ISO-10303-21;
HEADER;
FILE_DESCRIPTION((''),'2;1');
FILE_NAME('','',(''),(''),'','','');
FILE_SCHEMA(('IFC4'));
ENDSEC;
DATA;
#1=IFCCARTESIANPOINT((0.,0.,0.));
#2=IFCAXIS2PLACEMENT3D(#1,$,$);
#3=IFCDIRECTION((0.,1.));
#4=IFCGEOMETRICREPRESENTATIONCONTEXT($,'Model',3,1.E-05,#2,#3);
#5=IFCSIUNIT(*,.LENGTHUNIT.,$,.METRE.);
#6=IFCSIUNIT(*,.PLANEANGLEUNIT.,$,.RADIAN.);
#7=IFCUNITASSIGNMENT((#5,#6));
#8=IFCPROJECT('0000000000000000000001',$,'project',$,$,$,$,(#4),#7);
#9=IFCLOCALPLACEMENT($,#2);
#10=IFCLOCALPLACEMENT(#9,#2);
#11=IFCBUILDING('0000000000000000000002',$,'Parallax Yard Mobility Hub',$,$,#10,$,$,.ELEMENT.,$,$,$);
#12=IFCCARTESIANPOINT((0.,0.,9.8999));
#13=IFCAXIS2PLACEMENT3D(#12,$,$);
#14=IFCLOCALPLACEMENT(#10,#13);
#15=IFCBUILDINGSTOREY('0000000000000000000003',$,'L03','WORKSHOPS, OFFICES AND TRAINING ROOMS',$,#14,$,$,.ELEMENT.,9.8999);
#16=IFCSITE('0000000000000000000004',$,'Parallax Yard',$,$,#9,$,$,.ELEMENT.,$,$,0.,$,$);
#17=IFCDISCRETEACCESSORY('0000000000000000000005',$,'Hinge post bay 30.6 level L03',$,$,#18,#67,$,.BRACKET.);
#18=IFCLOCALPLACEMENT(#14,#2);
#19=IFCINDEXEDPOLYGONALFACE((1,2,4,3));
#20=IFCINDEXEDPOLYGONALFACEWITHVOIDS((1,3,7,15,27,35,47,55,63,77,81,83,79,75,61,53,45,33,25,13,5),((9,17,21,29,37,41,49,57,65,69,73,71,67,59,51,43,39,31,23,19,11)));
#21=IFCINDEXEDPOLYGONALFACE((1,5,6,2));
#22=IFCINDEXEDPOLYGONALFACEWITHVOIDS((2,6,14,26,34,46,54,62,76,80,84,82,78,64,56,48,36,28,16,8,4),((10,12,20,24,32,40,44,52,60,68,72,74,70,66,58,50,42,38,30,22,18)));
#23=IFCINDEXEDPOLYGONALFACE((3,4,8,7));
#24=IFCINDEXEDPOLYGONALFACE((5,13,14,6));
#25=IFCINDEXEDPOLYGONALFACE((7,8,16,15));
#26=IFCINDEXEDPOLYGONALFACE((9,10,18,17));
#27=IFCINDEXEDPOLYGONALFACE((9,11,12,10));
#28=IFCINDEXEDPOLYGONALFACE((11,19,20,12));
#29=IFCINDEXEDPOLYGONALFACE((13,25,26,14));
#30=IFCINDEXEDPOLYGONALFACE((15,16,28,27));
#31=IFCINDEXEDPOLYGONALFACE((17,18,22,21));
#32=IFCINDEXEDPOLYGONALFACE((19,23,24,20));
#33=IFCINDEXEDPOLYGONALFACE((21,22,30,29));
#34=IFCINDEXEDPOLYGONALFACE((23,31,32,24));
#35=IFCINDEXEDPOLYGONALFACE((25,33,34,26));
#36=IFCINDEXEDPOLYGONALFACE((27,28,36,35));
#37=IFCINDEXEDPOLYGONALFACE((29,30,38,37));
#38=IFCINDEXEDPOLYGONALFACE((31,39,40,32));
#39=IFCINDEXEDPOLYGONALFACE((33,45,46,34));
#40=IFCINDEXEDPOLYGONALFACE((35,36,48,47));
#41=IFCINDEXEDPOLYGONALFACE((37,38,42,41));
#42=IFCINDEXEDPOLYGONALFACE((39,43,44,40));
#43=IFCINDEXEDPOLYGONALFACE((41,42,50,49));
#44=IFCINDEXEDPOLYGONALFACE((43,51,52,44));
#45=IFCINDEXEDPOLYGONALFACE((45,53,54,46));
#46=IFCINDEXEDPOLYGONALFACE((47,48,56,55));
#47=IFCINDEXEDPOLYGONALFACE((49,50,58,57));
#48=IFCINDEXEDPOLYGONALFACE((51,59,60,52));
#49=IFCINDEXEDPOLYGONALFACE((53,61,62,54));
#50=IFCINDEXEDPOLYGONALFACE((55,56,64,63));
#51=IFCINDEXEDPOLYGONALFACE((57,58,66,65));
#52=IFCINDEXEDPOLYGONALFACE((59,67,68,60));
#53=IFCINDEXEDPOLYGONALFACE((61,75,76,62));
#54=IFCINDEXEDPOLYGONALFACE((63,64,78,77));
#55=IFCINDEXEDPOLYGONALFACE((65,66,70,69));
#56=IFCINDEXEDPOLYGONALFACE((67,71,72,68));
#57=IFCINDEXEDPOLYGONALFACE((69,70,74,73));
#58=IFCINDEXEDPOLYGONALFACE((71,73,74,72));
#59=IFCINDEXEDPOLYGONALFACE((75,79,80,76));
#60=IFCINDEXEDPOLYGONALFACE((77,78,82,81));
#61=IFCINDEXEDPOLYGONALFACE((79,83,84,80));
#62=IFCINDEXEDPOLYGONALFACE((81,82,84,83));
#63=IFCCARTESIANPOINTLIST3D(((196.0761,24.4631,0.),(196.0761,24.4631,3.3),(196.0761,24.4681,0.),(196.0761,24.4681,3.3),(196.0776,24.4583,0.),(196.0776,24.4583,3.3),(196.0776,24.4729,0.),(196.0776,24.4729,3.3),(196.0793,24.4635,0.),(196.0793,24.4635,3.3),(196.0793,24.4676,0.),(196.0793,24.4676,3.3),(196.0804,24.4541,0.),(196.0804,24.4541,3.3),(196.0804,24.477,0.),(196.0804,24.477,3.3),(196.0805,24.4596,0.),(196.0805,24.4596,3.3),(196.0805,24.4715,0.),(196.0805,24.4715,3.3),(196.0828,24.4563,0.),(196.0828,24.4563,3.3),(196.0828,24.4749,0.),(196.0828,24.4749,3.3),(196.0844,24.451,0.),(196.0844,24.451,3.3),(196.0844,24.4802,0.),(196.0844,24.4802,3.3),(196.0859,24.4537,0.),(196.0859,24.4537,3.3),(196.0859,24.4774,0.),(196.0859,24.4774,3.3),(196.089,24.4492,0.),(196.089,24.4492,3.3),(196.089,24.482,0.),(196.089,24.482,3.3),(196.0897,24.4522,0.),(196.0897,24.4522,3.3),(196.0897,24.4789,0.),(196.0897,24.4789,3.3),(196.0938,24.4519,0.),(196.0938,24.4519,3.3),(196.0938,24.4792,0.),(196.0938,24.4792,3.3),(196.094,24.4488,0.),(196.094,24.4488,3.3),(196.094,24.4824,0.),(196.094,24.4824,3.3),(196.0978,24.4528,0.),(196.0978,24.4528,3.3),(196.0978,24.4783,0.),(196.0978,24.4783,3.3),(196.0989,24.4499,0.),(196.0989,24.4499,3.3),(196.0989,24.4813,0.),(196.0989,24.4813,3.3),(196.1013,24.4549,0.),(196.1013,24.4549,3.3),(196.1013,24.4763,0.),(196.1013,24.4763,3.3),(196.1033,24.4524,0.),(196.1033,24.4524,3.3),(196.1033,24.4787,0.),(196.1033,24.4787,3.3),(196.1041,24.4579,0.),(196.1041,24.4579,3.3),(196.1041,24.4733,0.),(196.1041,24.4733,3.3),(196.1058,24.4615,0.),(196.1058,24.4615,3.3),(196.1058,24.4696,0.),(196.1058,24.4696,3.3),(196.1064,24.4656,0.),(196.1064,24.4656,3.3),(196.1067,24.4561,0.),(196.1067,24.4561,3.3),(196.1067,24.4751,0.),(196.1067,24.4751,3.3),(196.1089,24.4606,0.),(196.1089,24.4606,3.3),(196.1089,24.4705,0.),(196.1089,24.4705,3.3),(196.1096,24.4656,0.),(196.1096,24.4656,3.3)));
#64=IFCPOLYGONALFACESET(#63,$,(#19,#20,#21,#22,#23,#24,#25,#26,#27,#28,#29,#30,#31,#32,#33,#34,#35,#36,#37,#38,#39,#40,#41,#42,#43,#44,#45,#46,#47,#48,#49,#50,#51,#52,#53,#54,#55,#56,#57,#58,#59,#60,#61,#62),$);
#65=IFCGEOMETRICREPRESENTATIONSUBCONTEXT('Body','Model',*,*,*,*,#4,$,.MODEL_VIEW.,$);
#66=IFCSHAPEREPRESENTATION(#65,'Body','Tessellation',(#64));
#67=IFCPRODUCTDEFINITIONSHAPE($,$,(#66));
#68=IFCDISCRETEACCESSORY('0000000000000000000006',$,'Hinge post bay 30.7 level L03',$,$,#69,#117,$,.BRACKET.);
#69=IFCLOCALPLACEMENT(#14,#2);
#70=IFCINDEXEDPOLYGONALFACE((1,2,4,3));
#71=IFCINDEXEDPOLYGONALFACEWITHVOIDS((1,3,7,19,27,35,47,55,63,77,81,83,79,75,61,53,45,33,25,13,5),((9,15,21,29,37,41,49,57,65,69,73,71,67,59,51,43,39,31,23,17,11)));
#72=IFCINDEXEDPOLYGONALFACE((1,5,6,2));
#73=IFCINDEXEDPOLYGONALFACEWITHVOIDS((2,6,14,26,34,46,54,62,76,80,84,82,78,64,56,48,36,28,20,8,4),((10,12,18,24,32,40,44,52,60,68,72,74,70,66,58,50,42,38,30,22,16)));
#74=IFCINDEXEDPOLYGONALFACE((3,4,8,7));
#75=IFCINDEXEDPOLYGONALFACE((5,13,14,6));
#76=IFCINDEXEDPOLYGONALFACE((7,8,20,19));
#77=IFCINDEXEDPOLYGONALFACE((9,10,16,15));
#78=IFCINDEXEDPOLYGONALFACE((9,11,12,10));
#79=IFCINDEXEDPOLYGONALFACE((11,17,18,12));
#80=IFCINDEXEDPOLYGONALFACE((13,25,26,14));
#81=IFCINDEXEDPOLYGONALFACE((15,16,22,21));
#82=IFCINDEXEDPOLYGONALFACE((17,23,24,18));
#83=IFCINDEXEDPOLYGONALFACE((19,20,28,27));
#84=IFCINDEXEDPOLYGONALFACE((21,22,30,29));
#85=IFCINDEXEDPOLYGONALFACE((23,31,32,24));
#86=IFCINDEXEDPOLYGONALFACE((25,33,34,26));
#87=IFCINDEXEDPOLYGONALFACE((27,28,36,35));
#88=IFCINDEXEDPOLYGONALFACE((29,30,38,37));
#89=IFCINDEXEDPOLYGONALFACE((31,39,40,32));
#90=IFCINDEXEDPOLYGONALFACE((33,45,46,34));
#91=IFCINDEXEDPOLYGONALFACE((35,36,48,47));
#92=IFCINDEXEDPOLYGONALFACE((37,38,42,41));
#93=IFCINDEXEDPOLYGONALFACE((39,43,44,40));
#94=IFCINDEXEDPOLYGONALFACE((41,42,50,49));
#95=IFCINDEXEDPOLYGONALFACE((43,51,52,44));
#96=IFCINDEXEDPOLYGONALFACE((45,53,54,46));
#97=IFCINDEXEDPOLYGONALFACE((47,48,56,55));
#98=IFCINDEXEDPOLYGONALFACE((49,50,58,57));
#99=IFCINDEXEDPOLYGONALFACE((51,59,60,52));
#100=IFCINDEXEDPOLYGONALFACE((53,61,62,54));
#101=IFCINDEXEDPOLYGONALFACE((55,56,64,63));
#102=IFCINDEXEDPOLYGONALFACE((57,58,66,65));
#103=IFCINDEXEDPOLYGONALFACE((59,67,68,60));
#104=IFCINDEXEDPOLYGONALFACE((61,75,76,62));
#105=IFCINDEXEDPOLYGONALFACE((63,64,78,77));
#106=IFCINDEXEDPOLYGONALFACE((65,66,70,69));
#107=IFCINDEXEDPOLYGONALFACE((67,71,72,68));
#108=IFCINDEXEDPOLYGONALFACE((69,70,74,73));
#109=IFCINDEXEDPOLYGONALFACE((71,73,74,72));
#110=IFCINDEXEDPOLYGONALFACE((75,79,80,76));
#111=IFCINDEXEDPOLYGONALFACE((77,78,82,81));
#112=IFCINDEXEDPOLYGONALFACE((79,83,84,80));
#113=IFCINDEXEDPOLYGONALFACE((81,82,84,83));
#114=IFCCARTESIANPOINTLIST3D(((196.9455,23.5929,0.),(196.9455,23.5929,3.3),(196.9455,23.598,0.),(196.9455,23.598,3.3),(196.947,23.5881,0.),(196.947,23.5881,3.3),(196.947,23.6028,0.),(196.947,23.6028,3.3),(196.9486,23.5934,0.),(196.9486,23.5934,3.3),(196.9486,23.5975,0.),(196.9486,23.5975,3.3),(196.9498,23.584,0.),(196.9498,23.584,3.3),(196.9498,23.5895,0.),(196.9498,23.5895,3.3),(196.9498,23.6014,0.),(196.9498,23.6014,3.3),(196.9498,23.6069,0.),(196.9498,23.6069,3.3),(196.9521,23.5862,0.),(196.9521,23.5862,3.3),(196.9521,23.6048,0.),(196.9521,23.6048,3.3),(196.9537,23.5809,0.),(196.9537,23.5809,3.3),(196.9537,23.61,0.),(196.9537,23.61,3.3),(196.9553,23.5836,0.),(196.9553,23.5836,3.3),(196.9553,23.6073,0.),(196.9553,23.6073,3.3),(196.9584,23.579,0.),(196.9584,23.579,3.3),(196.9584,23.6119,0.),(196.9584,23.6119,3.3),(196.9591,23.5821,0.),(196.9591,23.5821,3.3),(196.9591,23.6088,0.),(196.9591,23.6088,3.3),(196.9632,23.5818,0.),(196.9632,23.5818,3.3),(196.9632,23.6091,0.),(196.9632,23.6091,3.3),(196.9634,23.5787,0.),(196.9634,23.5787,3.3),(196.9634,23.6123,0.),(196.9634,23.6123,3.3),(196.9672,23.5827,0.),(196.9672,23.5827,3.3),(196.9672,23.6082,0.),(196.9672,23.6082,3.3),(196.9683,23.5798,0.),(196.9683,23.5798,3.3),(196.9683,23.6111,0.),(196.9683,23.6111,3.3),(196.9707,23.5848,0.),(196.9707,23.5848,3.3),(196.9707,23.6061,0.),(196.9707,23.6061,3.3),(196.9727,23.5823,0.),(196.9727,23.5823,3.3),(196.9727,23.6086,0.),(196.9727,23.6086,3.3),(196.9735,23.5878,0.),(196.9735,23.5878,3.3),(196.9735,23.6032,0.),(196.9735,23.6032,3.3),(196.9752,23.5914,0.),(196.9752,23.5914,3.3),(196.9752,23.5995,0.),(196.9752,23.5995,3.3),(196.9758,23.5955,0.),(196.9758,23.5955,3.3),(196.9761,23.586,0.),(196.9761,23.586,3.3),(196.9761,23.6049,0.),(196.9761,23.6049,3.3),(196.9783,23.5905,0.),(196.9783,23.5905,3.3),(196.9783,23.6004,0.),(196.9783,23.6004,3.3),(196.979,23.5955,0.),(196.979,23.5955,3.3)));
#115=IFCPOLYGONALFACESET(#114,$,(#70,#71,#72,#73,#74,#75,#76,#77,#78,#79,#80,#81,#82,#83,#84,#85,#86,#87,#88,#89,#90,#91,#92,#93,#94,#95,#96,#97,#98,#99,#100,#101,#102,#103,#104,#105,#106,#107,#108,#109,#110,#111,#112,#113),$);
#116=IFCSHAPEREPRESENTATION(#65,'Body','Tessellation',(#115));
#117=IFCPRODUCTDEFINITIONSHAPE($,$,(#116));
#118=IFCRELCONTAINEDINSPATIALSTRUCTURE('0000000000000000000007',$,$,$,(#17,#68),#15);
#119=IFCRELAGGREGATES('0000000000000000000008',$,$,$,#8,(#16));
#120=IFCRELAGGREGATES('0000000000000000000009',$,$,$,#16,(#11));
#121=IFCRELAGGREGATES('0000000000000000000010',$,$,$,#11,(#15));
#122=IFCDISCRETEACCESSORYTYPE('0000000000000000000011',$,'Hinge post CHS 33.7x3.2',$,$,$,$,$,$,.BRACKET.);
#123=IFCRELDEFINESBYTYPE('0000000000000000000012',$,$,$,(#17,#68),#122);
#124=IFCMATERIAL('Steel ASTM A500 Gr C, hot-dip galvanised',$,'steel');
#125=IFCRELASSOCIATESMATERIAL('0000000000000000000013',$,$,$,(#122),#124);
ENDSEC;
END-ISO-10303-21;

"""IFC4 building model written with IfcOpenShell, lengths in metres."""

from ifc_helpers import new_model, si_unit, direction, frame, origin, origin_2d, place, context, subcontext, project, spatial, hollow_circle, extrude, material, material_profile, profile_set, type_object, element, save


model = new_model("IFC4")

# Units and contexts
model_context = context("Model", 3, precision=1e-05, world=origin(), true_north=direction((0.0, 1.0)))
body_context = subcontext(model_context, "Body", "Model", "MODEL_VIEW")
ifc_project = project(units=[si_unit("LENGTHUNIT", "METRE"), si_unit("PLANEANGLEUNIT", "RADIAN")], contexts=[model_context])

# Site, building, storey
site_placement = place(None, origin())
site = spatial("IfcSite", under=ifc_project, at=site_placement, Name="Parallax Yard", CompositionType="ELEMENT", RefElevation=0.0)
building_placement = place(site_placement, origin())
building = spatial("IfcBuilding", under=site, at=building_placement, Name="Parallax Yard Mobility Hub", CompositionType="ELEMENT")
storey_placement = place(building_placement, frame((0.0, 0.0, 9.8999)))
storey = spatial("IfcBuildingStorey", under=building, at=storey_placement, Name="L03", Description="WORKSHOPS, OFFICES AND TRAINING ROOMS", CompositionType="ELEMENT", Elevation=9.8999)

# Discrete accessories
ifc_material_1 = material(Name="Steel ASTM A500 Gr C, hot-dip galvanised", Category="steel")
ifc_material_profile_1 = material_profile(ifc_material_1, hollow_circle(Radius=0.0168, WallThickness=0.0032, at=origin_2d()), Name="CHS 33.7x3.2")
ifc_profile_set_1 = profile_set([ifc_material_profile_1], Name="Steel ASTM A500 Gr C, hot-dip galvanised")
discrete_accessory_type_1 = type_object("IfcDiscreteAccessoryType", Name="Hinge post CHS 33.7x3.2", PredefinedType="BRACKET", material=ifc_profile_set_1)
for number, where, z_axis, x_axis, name in (
    (1, (196.0928, 24.4656, 0.0), (0.0, 0.0, 1.0), (1.0, 0.0, 0.0), "Hinge post bay 30.6 level L03"),
    (2, (196.9622, 23.5955, 0.0), (0.0, 0.0, 1.0), (1.0, 0.0, 0.0), "Hinge post bay 30.7 level L03"),
):
    element("IfcDiscreteAccessory", number, at=place(storey_placement, frame(where, z_axis=z_axis, x_axis=x_axis)), inside=storey, type_object=discrete_accessory_type_1, Name=name, PredefinedType="BRACKET", context=body_context, shape_type="SweptSolid", body=[
        extrude(hollow_circle(Radius=0.0168, WallThickness=0.0032, at=origin_2d()), origin(), (0.0, 0.0, 1.0), 3.3),
    ])

save(model, "model.ifc")
